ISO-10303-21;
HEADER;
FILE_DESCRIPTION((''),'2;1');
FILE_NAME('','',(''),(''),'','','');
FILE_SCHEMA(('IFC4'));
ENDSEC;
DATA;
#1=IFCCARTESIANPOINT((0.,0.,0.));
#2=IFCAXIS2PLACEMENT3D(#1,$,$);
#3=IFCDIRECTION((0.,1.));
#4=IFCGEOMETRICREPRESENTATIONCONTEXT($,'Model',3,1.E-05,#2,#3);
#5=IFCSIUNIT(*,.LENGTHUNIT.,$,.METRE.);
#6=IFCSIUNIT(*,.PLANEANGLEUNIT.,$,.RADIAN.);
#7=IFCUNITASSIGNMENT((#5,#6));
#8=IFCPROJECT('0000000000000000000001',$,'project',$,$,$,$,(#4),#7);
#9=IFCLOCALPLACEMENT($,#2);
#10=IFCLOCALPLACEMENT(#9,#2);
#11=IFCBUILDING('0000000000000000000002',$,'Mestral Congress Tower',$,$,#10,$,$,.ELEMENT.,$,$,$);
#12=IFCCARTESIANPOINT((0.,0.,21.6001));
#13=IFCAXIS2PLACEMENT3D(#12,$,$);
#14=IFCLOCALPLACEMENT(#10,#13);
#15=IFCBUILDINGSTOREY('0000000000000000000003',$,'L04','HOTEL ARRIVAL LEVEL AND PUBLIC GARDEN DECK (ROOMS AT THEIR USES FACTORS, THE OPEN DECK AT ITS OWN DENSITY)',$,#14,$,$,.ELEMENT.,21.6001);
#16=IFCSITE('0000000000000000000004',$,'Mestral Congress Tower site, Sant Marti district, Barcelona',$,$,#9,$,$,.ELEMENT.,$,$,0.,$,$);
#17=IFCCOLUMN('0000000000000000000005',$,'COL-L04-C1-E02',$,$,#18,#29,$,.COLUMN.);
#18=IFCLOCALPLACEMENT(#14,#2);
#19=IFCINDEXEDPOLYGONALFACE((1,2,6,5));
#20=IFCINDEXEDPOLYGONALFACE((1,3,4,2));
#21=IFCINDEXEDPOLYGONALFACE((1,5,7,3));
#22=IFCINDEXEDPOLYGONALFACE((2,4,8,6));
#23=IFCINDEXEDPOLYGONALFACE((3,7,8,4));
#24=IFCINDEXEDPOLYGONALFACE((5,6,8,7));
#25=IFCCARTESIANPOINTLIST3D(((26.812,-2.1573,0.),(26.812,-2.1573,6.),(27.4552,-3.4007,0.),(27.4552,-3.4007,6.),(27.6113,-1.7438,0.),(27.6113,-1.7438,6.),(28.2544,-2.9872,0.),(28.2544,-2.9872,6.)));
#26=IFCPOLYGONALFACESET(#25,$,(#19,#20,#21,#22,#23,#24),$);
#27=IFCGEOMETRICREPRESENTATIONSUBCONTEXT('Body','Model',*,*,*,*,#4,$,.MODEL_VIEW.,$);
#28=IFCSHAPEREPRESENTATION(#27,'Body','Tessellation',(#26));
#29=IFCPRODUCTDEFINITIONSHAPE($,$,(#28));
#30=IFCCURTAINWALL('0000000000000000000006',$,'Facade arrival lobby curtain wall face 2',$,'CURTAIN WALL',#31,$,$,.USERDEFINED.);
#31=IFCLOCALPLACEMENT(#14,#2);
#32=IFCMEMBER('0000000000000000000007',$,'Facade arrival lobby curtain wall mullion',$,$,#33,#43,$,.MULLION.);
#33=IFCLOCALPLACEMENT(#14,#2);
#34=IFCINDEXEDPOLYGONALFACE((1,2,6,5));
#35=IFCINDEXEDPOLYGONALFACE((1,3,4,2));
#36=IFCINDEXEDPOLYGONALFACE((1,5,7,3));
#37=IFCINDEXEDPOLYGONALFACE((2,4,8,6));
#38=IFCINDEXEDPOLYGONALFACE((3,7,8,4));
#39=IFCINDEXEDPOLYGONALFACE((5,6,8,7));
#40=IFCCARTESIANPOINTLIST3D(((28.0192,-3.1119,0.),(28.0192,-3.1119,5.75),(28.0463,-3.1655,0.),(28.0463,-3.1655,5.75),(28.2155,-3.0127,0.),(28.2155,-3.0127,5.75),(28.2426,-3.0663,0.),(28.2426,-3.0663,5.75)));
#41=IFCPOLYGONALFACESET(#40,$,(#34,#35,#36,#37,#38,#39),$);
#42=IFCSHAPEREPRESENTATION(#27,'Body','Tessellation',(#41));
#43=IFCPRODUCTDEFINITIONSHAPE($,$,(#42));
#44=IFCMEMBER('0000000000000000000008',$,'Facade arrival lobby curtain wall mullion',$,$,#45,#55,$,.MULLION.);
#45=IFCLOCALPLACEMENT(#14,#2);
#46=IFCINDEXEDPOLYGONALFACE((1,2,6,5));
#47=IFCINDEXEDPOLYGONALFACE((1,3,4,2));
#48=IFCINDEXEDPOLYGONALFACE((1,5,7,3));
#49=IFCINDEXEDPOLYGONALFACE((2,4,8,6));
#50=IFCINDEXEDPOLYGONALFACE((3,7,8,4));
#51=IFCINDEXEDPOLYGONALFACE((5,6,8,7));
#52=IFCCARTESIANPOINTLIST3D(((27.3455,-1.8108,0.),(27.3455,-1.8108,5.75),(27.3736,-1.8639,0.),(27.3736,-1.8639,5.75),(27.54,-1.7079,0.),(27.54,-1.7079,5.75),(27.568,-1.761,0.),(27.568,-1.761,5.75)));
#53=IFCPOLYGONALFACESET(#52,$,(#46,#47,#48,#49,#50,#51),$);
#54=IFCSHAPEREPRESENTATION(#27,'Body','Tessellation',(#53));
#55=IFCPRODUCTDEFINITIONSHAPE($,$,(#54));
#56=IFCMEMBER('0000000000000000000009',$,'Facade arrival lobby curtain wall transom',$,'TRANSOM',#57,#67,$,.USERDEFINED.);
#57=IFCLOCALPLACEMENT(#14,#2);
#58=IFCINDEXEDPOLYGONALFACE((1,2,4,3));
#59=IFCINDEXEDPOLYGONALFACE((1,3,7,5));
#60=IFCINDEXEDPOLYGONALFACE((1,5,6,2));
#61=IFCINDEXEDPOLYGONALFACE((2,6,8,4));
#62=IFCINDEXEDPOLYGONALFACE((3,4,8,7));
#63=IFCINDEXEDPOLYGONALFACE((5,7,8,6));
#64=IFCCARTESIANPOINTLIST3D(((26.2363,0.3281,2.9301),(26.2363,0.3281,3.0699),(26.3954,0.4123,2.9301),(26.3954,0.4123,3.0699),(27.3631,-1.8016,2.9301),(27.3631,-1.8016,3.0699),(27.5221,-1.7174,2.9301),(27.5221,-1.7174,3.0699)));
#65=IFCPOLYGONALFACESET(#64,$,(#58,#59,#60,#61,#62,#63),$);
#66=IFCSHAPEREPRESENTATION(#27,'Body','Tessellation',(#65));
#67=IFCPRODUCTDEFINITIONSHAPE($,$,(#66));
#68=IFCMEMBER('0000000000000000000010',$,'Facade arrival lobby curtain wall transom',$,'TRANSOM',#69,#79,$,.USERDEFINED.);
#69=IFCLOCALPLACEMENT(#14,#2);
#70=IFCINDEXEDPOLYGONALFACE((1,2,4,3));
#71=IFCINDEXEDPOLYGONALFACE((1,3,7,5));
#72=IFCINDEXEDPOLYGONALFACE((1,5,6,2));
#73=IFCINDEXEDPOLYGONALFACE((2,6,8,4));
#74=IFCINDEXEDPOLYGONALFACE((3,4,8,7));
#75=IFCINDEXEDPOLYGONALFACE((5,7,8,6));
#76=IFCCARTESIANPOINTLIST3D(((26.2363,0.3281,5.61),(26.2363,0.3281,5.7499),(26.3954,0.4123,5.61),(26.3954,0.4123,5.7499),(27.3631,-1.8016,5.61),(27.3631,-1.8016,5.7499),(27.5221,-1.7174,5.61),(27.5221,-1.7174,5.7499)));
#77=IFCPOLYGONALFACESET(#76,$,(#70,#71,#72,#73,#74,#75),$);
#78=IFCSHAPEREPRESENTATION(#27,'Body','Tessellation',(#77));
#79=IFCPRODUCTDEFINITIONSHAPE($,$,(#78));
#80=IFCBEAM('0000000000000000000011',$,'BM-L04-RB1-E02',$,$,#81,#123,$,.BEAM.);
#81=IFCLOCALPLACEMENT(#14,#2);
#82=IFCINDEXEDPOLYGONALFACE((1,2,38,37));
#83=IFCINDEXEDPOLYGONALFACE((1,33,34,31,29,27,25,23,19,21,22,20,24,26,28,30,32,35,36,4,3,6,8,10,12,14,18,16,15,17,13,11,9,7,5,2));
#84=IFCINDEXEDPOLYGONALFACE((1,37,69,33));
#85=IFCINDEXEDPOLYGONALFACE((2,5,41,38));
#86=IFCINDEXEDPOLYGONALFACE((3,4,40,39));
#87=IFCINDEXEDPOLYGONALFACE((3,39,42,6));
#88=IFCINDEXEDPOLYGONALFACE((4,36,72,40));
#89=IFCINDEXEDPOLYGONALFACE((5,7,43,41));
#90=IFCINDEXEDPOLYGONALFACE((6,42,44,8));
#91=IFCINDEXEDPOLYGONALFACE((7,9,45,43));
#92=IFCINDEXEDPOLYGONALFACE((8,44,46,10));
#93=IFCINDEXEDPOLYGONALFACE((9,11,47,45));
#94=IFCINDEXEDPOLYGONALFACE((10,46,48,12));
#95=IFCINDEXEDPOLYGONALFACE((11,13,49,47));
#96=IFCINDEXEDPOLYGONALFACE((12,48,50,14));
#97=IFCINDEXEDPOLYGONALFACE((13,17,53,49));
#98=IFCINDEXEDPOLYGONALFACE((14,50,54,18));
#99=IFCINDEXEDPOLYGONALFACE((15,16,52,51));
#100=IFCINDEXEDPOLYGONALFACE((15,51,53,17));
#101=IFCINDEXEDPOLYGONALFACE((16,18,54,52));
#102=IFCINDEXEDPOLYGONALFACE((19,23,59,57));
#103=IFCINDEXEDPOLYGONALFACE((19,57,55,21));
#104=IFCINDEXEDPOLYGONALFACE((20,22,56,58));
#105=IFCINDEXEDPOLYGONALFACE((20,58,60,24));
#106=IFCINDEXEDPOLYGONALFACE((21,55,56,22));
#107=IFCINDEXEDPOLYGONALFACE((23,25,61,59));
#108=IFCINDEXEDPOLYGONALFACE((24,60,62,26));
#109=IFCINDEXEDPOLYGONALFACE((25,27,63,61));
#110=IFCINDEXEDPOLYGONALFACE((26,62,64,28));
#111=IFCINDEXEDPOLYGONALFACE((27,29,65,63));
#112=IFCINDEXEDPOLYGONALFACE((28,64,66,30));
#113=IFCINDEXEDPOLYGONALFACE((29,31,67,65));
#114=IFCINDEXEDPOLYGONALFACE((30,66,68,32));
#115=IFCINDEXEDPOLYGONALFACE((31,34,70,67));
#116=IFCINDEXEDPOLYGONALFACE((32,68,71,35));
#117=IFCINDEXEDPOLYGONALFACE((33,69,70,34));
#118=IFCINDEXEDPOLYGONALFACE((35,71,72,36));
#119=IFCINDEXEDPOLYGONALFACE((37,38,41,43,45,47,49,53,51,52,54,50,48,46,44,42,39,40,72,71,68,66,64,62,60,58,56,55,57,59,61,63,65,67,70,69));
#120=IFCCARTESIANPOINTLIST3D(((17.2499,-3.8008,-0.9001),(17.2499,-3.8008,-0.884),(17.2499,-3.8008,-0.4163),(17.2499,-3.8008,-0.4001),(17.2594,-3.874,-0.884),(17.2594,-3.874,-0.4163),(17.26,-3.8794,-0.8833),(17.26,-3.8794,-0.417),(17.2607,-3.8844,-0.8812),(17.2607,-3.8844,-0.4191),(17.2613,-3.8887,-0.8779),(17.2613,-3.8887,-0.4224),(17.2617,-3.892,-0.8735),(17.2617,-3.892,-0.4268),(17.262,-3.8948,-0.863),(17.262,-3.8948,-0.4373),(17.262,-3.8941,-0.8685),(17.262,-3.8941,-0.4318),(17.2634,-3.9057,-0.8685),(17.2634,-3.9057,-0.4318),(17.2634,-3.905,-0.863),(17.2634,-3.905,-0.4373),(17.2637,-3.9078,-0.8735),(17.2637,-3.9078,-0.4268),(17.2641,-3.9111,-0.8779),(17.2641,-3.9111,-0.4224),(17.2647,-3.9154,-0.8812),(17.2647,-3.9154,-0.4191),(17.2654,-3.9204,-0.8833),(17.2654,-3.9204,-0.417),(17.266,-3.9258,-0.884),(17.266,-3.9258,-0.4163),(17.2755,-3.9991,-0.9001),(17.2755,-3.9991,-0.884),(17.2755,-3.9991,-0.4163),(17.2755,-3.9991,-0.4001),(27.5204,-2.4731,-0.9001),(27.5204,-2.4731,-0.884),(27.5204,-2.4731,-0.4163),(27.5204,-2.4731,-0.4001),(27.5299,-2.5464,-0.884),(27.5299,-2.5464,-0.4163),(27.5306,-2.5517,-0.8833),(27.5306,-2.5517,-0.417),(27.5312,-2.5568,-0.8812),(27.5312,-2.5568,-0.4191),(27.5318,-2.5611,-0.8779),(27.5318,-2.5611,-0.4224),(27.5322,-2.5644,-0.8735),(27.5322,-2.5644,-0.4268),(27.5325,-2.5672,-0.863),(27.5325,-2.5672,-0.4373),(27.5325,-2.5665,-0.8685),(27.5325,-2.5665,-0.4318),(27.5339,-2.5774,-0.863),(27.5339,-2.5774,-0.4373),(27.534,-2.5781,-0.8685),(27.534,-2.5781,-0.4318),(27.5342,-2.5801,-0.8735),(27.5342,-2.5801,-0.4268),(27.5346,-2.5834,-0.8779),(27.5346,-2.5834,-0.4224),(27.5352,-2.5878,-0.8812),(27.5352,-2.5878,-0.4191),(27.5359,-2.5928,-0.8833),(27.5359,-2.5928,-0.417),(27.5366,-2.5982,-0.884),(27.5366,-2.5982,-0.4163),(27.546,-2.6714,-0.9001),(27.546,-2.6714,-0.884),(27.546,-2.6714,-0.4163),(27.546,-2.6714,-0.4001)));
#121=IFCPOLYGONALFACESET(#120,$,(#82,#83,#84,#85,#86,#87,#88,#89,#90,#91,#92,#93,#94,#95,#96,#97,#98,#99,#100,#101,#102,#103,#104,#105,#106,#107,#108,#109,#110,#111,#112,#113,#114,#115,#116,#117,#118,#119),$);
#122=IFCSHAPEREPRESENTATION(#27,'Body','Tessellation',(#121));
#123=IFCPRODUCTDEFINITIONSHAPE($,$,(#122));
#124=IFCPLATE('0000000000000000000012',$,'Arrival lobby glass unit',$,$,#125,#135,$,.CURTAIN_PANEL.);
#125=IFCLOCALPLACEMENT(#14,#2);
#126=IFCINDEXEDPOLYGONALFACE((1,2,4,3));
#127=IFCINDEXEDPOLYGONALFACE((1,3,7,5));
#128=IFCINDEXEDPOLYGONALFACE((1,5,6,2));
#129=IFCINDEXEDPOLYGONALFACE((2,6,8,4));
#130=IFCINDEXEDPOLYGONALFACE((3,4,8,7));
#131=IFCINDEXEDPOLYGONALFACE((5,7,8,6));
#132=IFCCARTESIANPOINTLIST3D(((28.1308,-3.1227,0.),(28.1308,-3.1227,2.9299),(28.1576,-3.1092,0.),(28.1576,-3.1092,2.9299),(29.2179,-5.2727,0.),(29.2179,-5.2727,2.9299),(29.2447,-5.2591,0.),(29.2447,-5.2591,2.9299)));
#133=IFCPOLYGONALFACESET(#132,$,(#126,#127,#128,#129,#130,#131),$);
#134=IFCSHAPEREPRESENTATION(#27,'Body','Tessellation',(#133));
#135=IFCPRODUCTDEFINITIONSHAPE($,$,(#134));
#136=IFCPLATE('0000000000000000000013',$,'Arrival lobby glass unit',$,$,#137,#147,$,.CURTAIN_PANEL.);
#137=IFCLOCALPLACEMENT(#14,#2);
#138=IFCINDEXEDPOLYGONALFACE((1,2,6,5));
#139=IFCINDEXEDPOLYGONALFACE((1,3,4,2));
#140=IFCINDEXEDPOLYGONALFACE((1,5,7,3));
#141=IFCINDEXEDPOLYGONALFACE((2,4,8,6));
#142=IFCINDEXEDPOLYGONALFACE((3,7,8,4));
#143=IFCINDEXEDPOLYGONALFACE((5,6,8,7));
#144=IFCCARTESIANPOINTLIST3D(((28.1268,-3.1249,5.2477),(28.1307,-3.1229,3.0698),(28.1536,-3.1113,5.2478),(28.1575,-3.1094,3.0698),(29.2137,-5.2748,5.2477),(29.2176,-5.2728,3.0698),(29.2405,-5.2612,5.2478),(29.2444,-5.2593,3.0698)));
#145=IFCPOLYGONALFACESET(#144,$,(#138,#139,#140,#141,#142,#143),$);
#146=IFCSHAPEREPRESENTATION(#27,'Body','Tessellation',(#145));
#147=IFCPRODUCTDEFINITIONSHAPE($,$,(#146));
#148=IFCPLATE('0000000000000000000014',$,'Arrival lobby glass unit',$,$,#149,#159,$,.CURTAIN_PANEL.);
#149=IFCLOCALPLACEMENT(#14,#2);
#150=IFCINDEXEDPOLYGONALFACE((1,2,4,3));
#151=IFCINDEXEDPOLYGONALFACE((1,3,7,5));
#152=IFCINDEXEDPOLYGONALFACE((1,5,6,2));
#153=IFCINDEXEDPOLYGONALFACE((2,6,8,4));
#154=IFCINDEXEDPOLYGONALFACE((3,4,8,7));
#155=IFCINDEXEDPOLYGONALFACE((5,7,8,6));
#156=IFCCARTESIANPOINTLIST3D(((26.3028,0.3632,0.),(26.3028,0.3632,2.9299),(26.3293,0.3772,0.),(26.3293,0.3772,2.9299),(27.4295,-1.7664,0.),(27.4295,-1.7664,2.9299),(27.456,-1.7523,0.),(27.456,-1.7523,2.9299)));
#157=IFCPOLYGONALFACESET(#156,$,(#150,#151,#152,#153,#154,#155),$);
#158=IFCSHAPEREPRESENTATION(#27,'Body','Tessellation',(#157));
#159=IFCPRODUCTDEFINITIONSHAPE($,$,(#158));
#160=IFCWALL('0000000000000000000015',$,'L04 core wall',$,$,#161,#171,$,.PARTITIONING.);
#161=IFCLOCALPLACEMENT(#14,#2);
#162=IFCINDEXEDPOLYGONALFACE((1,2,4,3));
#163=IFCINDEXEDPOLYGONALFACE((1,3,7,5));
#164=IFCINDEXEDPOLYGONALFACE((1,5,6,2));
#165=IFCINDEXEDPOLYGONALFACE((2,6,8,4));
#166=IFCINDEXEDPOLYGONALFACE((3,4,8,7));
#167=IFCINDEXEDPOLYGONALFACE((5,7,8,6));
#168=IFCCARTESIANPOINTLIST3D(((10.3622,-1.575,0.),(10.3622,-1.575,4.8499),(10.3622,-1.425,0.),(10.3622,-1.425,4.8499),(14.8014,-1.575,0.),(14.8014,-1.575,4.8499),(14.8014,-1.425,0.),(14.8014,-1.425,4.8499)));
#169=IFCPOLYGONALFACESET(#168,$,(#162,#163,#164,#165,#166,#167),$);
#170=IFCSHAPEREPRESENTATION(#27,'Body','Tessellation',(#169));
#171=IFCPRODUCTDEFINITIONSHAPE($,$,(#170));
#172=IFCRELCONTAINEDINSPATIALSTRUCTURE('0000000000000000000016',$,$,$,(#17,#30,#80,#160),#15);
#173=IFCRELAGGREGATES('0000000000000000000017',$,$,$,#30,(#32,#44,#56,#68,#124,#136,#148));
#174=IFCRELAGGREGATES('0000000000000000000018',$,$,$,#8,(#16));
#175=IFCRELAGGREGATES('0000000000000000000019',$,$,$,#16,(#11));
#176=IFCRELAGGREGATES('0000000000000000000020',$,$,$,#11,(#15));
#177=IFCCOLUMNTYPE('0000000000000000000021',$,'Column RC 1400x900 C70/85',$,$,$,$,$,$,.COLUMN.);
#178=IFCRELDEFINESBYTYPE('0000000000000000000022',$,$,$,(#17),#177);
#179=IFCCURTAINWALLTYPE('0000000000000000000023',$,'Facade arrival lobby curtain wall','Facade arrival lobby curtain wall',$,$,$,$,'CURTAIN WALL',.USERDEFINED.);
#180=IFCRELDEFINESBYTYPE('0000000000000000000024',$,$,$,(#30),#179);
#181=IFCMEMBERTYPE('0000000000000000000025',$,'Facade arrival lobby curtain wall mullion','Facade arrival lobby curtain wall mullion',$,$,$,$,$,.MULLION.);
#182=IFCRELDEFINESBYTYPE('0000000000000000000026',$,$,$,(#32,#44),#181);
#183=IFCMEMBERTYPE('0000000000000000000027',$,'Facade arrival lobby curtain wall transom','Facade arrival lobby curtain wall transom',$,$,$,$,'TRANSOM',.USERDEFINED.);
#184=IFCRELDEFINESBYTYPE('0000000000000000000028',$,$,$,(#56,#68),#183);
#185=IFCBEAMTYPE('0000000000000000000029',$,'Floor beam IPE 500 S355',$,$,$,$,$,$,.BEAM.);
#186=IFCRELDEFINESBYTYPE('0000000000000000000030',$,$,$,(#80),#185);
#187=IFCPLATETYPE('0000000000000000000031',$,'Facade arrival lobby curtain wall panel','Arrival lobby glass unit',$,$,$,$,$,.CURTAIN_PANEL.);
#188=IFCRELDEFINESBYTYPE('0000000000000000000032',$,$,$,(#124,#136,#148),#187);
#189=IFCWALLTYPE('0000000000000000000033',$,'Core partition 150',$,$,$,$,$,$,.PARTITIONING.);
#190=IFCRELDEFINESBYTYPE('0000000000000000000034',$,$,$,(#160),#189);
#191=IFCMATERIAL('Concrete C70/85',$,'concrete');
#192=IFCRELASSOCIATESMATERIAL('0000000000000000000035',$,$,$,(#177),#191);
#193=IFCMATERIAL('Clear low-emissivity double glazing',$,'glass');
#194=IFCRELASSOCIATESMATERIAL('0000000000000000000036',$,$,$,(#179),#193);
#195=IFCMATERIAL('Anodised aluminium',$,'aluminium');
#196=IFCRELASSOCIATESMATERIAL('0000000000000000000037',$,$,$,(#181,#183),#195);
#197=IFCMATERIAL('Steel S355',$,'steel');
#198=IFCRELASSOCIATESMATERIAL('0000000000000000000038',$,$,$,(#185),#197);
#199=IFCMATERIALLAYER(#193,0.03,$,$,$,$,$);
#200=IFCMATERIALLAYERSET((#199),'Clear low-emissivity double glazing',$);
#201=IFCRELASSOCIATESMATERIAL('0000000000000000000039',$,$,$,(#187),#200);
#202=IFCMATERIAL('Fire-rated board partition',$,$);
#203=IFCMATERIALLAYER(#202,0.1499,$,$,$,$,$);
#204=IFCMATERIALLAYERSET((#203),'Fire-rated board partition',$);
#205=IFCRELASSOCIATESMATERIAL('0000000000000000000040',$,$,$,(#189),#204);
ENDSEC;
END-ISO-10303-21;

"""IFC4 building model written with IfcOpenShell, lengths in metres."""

from ifc_helpers import new_model, si_unit, direction, frame, frame_2d, origin, origin_2d, place, context, subcontext, project, spatial, polyline, rectangle, i_section, outline, extrude, material, layer, layer_set, material_profile, profile_set, type_object, element, aggregate, save


model = new_model("IFC4")

# Units and contexts
model_context = context("Model", 3, precision=1e-05, world=origin(), true_north=direction((0.0, 1.0)))
body_context = subcontext(model_context, "Body", "Model", "MODEL_VIEW")
ifc_project = project(units=[si_unit("LENGTHUNIT", "METRE"), si_unit("PLANEANGLEUNIT", "RADIAN")], contexts=[model_context])

# Site, building, storey
site_placement = place(None, origin())
site = spatial("IfcSite", under=ifc_project, at=site_placement, Name="Mestral Congress Tower site, Sant Marti district, Barcelona", CompositionType="ELEMENT", RefElevation=0.0)
building_placement = place(site_placement, origin())
building = spatial("IfcBuilding", under=site, at=building_placement, Name="Mestral Congress Tower", CompositionType="ELEMENT")
storey_placement = place(building_placement, frame((0.0, 0.0, 21.6001)))
storey = spatial("IfcBuildingStorey", under=building, at=storey_placement, Name="L04", Description="HOTEL ARRIVAL LEVEL AND PUBLIC GARDEN DECK (ROOMS AT THEIR USES FACTORS, THE OPEN DECK AT ITS OWN DENSITY)", CompositionType="ELEMENT", Elevation=21.6001)

# Column
ifc_material_1 = material(Name="Concrete C70/85", Category="concrete")
ifc_material_profile_1 = material_profile(ifc_material_1, rectangle(XDim=1.3999, YDim=0.8999, at=origin_2d()), Name="RC 1400x900")
ifc_profile_set_1 = profile_set([ifc_material_profile_1], Name="Concrete C70/85")
column_type = type_object("IfcColumnType", Name="Column RC 1400x900 C70/85", PredefinedType="COLUMN", material=ifc_profile_set_1)
column_placement = place(storey_placement, frame((27.5332, -2.5723, 0.0), z_axis=(0.0, 0.0, 1.0), x_axis=(-0.459456, 0.888201, 0.0)))
element("IfcColumn", 1, at=column_placement, inside=storey, type_object=column_type, Name="COL-L04-C1-E02", PredefinedType="COLUMN", context=body_context, shape_type="SweptSolid", body=[
    extrude(rectangle(XDim=1.3999, YDim=0.8999, at=origin_2d()), origin(), (0.0, 0.0, 1.0), 6.0),
])

# Curtain wall, members
ifc_material_2 = material(Name="Clear low-emissivity double glazing", Category="glass")
curtain_wall_type = type_object("IfcCurtainWallType", Name="Facade arrival lobby curtain wall", Description="Facade arrival lobby curtain wall", ElementType="CURTAIN WALL", PredefinedType="USERDEFINED", material=ifc_material_2)
placement = place(storey_placement, origin())
curtain_wall = element("IfcCurtainWall", 2, at=placement, inside=storey, type_object=curtain_wall_type, Name="Facade arrival lobby curtain wall face 2", ObjectType="CURTAIN WALL", PredefinedType="USERDEFINED")
ifc_material_3 = material(Name="Anodised aluminium", Category="aluminium")
ifc_material_profile_2 = material_profile(ifc_material_3, rectangle(XDim=0.22, YDim=0.0601, at=origin_2d()), Name="CW4 mullion 220 x 60")
ifc_profile_set_2 = profile_set([ifc_material_profile_2], Name="Anodised aluminium")
member_type_1 = type_object("IfcMemberType", Name="Facade arrival lobby curtain wall mullion", Description="Facade arrival lobby curtain wall mullion", PredefinedType="MULLION", material=ifc_profile_set_2)
member_1_placement = place(storey_placement, frame((28.1309, -3.0891, 0.0), z_axis=(0.0, 0.0, 1.0), x_axis=(0.892414, 0.451217, 0.0)))
member_1 = element("IfcMember", 3, at=member_1_placement, type_object=member_type_1, Name="Facade arrival lobby curtain wall mullion", PredefinedType="MULLION", context=body_context, shape_type="SweptSolid", body=[
    extrude(rectangle(XDim=0.22, YDim=0.0601, at=origin_2d()), origin(), (0.0, 0.0, 1.0), 5.75),
])
member_2_placement = place(storey_placement, frame((27.4568, -1.7859, 0.0), z_axis=(0.0, 0.0, 1.0), x_axis=(0.883913, 0.467651, 0.0)))
member_2 = element("IfcMember", 4, at=member_2_placement, type_object=member_type_1, Name="Facade arrival lobby curtain wall mullion", PredefinedType="MULLION", context=body_context, shape_type="SweptSolid", body=[
    extrude(rectangle(XDim=0.22, YDim=0.0601, at=origin_2d()), origin(), (0.0, 0.0, 1.0), 5.75),
])
ifc_material_profile_3 = material_profile(ifc_material_3, rectangle(XDim=0.1799, YDim=0.1399, at=origin_2d()), Name="CW4 transom 180 x 140")
ifc_profile_set_3 = profile_set([ifc_material_profile_3], Name="Anodised aluminium")
member_type_2 = type_object("IfcMemberType", Name="Facade arrival lobby curtain wall transom", Description="Facade arrival lobby curtain wall transom", ElementType="TRANSOM", PredefinedType="USERDEFINED", material=ifc_profile_set_3)
member_3_placement = place(storey_placement, frame((27.4426, -1.7595, 3.0), z_axis=(-0.467646, 0.883916, 0.0), x_axis=(-0.883916, -0.467646, 0.0)))
member_3 = element("IfcMember", 5, at=member_3_placement, type_object=member_type_2, Name="Facade arrival lobby curtain wall transom", ObjectType="TRANSOM", PredefinedType="USERDEFINED", context=body_context, shape_type="SweptSolid", body=[
    extrude(rectangle(XDim=0.1799, YDim=0.1399, at=origin_2d()), origin(), (0.0, 0.0, 1.0), 2.4094),
])
member_4_placement = place(storey_placement, frame((27.4426, -1.7595, 5.6799), z_axis=(-0.467646, 0.883916, 0.0), x_axis=(-0.883916, -0.467646, 0.0)))
member_4 = element("IfcMember", 6, at=member_4_placement, type_object=member_type_2, Name="Facade arrival lobby curtain wall transom", ObjectType="TRANSOM", PredefinedType="USERDEFINED", context=body_context, shape_type="SweptSolid", body=[
    extrude(rectangle(XDim=0.1799, YDim=0.1399, at=origin_2d()), origin(), (0.0, 0.0, 1.0), 2.4094),
])

# Beam
ifc_material_4 = material(Name="Steel S355", Category="steel")
ifc_material_profile_4 = material_profile(ifc_material_4, i_section(OverallWidth=0.2, OverallDepth=0.5, WebThickness=0.0103, FlangeThickness=0.0161, FilletRadius=0.021, at=origin_2d()), Name="IPE 500")
ifc_profile_set_4 = profile_set([ifc_material_profile_4], Name="Steel S355")
beam_type = type_object("IfcBeamType", Name="Floor beam IPE 500 S355", PredefinedType="BEAM", material=ifc_profile_set_4)
beam_placement = place(storey_placement, frame((27.5332, -2.5723, -0.6501), z_axis=(-0.991748, -0.1282, 0.0), x_axis=(0.1282, -0.991748, 0.0)))
element("IfcBeam", 7, at=beam_placement, inside=storey, type_object=beam_type, Name="BM-L04-RB1-E02", PredefinedType="BEAM", context=body_context, shape_type="SweptSolid", body=[
    extrude(i_section(OverallWidth=0.2, OverallDepth=0.5, WebThickness=0.0103, FlangeThickness=0.0161, FilletRadius=0.021, at=origin_2d()), origin(), (0.0, 0.0, 1.0), 10.356),
])

# Plates
ifc_layer_1 = layer(ifc_material_2, 0.03)
ifc_layer_set_1 = layer_set([ifc_layer_1], Name="Clear low-emissivity double glazing")
plate_type = type_object("IfcPlateType", Name="Facade arrival lobby curtain wall panel", Description="Arrival lobby glass unit", PredefinedType="CURTAIN_PANEL", material=ifc_layer_set_1)
plate_1_placement = place(storey_placement, frame((28.6877, -4.1909, 0.0), z_axis=(0.0, 0.0, 1.0), x_axis=(-0.451217, 0.892414, 0.0)))
plate_1 = element("IfcPlate", 8, at=plate_1_placement, type_object=plate_type, Name="Arrival lobby glass unit", PredefinedType="CURTAIN_PANEL", context=body_context, shape_type="SweptSolid", body=[
    extrude(rectangle(XDim=2.4092, YDim=0.03, at=origin_2d()), origin(), (0.0, 0.0, 1.0), 2.9299),
])
plate_2_placement = place(storey_placement, frame((28.1575, -3.1094, 3.0698), z_axis=(0.89243, 0.451181, 0.002005), x_axis=(0.451182, -0.892432, 0.0)))
plate_2 = element("IfcPlate", 9, at=plate_2_placement, type_object=plate_type, Name="Arrival lobby glass unit", PredefinedType="CURTAIN_PANEL", context=body_context, shape_type="SweptSolid", body=[
    extrude(outline(polyline([(0.0, 0.0), (2.409, 0.0), (2.409, -2.178), (0.0, -2.178), (0.0, 0.0)])), origin(), (0.0, 0.0, -1.0), 0.03),
])
plate_3_placement = place(storey_placement, frame((26.8794, -0.6946, 0.0), z_axis=(0.0, 0.0, 1.0), x_axis=(-0.467651, 0.883913, 0.0)))
plate_3 = element("IfcPlate", 10, at=plate_3_placement, type_object=plate_type, Name="Arrival lobby glass unit", PredefinedType="CURTAIN_PANEL", context=body_context, shape_type="SweptSolid", body=[
    extrude(rectangle(XDim=2.4092, YDim=0.03, at=origin_2d()), origin(), (0.0, 0.0, 1.0), 2.9299),
])
aggregate(curtain_wall, [member_1, member_2, member_3, member_4, plate_1, plate_2, plate_3])

# Wall
ifc_material_5 = material(Name="Fire-rated board partition")
ifc_layer_2 = layer(ifc_material_5, 0.1499)
ifc_layer_set_2 = layer_set([ifc_layer_2], Name="Fire-rated board partition")
wall_type_1 = type_object("IfcWallType", Name="Core partition 150", PredefinedType="PARTITIONING", material=ifc_layer_set_2)
wall_1_placement = place(storey_placement, frame((10.3621, -1.5, 0.0), z_axis=(0.0, 0.0, 1.0), x_axis=(1.0, 0.0, 0.0)))
element("IfcWall", 11, at=wall_1_placement, inside=storey, type_object=wall_type_1, Name="L04 core wall", PredefinedType="PARTITIONING", context=body_context, shape_type="SweptSolid", body=[
    extrude(rectangle(XDim=4.4392, YDim=0.1499, at=frame_2d((2.2197, 0.0))), origin(), (0.0, 0.0, 1.0), 4.8499),
])

save(model, "model.ifc")
